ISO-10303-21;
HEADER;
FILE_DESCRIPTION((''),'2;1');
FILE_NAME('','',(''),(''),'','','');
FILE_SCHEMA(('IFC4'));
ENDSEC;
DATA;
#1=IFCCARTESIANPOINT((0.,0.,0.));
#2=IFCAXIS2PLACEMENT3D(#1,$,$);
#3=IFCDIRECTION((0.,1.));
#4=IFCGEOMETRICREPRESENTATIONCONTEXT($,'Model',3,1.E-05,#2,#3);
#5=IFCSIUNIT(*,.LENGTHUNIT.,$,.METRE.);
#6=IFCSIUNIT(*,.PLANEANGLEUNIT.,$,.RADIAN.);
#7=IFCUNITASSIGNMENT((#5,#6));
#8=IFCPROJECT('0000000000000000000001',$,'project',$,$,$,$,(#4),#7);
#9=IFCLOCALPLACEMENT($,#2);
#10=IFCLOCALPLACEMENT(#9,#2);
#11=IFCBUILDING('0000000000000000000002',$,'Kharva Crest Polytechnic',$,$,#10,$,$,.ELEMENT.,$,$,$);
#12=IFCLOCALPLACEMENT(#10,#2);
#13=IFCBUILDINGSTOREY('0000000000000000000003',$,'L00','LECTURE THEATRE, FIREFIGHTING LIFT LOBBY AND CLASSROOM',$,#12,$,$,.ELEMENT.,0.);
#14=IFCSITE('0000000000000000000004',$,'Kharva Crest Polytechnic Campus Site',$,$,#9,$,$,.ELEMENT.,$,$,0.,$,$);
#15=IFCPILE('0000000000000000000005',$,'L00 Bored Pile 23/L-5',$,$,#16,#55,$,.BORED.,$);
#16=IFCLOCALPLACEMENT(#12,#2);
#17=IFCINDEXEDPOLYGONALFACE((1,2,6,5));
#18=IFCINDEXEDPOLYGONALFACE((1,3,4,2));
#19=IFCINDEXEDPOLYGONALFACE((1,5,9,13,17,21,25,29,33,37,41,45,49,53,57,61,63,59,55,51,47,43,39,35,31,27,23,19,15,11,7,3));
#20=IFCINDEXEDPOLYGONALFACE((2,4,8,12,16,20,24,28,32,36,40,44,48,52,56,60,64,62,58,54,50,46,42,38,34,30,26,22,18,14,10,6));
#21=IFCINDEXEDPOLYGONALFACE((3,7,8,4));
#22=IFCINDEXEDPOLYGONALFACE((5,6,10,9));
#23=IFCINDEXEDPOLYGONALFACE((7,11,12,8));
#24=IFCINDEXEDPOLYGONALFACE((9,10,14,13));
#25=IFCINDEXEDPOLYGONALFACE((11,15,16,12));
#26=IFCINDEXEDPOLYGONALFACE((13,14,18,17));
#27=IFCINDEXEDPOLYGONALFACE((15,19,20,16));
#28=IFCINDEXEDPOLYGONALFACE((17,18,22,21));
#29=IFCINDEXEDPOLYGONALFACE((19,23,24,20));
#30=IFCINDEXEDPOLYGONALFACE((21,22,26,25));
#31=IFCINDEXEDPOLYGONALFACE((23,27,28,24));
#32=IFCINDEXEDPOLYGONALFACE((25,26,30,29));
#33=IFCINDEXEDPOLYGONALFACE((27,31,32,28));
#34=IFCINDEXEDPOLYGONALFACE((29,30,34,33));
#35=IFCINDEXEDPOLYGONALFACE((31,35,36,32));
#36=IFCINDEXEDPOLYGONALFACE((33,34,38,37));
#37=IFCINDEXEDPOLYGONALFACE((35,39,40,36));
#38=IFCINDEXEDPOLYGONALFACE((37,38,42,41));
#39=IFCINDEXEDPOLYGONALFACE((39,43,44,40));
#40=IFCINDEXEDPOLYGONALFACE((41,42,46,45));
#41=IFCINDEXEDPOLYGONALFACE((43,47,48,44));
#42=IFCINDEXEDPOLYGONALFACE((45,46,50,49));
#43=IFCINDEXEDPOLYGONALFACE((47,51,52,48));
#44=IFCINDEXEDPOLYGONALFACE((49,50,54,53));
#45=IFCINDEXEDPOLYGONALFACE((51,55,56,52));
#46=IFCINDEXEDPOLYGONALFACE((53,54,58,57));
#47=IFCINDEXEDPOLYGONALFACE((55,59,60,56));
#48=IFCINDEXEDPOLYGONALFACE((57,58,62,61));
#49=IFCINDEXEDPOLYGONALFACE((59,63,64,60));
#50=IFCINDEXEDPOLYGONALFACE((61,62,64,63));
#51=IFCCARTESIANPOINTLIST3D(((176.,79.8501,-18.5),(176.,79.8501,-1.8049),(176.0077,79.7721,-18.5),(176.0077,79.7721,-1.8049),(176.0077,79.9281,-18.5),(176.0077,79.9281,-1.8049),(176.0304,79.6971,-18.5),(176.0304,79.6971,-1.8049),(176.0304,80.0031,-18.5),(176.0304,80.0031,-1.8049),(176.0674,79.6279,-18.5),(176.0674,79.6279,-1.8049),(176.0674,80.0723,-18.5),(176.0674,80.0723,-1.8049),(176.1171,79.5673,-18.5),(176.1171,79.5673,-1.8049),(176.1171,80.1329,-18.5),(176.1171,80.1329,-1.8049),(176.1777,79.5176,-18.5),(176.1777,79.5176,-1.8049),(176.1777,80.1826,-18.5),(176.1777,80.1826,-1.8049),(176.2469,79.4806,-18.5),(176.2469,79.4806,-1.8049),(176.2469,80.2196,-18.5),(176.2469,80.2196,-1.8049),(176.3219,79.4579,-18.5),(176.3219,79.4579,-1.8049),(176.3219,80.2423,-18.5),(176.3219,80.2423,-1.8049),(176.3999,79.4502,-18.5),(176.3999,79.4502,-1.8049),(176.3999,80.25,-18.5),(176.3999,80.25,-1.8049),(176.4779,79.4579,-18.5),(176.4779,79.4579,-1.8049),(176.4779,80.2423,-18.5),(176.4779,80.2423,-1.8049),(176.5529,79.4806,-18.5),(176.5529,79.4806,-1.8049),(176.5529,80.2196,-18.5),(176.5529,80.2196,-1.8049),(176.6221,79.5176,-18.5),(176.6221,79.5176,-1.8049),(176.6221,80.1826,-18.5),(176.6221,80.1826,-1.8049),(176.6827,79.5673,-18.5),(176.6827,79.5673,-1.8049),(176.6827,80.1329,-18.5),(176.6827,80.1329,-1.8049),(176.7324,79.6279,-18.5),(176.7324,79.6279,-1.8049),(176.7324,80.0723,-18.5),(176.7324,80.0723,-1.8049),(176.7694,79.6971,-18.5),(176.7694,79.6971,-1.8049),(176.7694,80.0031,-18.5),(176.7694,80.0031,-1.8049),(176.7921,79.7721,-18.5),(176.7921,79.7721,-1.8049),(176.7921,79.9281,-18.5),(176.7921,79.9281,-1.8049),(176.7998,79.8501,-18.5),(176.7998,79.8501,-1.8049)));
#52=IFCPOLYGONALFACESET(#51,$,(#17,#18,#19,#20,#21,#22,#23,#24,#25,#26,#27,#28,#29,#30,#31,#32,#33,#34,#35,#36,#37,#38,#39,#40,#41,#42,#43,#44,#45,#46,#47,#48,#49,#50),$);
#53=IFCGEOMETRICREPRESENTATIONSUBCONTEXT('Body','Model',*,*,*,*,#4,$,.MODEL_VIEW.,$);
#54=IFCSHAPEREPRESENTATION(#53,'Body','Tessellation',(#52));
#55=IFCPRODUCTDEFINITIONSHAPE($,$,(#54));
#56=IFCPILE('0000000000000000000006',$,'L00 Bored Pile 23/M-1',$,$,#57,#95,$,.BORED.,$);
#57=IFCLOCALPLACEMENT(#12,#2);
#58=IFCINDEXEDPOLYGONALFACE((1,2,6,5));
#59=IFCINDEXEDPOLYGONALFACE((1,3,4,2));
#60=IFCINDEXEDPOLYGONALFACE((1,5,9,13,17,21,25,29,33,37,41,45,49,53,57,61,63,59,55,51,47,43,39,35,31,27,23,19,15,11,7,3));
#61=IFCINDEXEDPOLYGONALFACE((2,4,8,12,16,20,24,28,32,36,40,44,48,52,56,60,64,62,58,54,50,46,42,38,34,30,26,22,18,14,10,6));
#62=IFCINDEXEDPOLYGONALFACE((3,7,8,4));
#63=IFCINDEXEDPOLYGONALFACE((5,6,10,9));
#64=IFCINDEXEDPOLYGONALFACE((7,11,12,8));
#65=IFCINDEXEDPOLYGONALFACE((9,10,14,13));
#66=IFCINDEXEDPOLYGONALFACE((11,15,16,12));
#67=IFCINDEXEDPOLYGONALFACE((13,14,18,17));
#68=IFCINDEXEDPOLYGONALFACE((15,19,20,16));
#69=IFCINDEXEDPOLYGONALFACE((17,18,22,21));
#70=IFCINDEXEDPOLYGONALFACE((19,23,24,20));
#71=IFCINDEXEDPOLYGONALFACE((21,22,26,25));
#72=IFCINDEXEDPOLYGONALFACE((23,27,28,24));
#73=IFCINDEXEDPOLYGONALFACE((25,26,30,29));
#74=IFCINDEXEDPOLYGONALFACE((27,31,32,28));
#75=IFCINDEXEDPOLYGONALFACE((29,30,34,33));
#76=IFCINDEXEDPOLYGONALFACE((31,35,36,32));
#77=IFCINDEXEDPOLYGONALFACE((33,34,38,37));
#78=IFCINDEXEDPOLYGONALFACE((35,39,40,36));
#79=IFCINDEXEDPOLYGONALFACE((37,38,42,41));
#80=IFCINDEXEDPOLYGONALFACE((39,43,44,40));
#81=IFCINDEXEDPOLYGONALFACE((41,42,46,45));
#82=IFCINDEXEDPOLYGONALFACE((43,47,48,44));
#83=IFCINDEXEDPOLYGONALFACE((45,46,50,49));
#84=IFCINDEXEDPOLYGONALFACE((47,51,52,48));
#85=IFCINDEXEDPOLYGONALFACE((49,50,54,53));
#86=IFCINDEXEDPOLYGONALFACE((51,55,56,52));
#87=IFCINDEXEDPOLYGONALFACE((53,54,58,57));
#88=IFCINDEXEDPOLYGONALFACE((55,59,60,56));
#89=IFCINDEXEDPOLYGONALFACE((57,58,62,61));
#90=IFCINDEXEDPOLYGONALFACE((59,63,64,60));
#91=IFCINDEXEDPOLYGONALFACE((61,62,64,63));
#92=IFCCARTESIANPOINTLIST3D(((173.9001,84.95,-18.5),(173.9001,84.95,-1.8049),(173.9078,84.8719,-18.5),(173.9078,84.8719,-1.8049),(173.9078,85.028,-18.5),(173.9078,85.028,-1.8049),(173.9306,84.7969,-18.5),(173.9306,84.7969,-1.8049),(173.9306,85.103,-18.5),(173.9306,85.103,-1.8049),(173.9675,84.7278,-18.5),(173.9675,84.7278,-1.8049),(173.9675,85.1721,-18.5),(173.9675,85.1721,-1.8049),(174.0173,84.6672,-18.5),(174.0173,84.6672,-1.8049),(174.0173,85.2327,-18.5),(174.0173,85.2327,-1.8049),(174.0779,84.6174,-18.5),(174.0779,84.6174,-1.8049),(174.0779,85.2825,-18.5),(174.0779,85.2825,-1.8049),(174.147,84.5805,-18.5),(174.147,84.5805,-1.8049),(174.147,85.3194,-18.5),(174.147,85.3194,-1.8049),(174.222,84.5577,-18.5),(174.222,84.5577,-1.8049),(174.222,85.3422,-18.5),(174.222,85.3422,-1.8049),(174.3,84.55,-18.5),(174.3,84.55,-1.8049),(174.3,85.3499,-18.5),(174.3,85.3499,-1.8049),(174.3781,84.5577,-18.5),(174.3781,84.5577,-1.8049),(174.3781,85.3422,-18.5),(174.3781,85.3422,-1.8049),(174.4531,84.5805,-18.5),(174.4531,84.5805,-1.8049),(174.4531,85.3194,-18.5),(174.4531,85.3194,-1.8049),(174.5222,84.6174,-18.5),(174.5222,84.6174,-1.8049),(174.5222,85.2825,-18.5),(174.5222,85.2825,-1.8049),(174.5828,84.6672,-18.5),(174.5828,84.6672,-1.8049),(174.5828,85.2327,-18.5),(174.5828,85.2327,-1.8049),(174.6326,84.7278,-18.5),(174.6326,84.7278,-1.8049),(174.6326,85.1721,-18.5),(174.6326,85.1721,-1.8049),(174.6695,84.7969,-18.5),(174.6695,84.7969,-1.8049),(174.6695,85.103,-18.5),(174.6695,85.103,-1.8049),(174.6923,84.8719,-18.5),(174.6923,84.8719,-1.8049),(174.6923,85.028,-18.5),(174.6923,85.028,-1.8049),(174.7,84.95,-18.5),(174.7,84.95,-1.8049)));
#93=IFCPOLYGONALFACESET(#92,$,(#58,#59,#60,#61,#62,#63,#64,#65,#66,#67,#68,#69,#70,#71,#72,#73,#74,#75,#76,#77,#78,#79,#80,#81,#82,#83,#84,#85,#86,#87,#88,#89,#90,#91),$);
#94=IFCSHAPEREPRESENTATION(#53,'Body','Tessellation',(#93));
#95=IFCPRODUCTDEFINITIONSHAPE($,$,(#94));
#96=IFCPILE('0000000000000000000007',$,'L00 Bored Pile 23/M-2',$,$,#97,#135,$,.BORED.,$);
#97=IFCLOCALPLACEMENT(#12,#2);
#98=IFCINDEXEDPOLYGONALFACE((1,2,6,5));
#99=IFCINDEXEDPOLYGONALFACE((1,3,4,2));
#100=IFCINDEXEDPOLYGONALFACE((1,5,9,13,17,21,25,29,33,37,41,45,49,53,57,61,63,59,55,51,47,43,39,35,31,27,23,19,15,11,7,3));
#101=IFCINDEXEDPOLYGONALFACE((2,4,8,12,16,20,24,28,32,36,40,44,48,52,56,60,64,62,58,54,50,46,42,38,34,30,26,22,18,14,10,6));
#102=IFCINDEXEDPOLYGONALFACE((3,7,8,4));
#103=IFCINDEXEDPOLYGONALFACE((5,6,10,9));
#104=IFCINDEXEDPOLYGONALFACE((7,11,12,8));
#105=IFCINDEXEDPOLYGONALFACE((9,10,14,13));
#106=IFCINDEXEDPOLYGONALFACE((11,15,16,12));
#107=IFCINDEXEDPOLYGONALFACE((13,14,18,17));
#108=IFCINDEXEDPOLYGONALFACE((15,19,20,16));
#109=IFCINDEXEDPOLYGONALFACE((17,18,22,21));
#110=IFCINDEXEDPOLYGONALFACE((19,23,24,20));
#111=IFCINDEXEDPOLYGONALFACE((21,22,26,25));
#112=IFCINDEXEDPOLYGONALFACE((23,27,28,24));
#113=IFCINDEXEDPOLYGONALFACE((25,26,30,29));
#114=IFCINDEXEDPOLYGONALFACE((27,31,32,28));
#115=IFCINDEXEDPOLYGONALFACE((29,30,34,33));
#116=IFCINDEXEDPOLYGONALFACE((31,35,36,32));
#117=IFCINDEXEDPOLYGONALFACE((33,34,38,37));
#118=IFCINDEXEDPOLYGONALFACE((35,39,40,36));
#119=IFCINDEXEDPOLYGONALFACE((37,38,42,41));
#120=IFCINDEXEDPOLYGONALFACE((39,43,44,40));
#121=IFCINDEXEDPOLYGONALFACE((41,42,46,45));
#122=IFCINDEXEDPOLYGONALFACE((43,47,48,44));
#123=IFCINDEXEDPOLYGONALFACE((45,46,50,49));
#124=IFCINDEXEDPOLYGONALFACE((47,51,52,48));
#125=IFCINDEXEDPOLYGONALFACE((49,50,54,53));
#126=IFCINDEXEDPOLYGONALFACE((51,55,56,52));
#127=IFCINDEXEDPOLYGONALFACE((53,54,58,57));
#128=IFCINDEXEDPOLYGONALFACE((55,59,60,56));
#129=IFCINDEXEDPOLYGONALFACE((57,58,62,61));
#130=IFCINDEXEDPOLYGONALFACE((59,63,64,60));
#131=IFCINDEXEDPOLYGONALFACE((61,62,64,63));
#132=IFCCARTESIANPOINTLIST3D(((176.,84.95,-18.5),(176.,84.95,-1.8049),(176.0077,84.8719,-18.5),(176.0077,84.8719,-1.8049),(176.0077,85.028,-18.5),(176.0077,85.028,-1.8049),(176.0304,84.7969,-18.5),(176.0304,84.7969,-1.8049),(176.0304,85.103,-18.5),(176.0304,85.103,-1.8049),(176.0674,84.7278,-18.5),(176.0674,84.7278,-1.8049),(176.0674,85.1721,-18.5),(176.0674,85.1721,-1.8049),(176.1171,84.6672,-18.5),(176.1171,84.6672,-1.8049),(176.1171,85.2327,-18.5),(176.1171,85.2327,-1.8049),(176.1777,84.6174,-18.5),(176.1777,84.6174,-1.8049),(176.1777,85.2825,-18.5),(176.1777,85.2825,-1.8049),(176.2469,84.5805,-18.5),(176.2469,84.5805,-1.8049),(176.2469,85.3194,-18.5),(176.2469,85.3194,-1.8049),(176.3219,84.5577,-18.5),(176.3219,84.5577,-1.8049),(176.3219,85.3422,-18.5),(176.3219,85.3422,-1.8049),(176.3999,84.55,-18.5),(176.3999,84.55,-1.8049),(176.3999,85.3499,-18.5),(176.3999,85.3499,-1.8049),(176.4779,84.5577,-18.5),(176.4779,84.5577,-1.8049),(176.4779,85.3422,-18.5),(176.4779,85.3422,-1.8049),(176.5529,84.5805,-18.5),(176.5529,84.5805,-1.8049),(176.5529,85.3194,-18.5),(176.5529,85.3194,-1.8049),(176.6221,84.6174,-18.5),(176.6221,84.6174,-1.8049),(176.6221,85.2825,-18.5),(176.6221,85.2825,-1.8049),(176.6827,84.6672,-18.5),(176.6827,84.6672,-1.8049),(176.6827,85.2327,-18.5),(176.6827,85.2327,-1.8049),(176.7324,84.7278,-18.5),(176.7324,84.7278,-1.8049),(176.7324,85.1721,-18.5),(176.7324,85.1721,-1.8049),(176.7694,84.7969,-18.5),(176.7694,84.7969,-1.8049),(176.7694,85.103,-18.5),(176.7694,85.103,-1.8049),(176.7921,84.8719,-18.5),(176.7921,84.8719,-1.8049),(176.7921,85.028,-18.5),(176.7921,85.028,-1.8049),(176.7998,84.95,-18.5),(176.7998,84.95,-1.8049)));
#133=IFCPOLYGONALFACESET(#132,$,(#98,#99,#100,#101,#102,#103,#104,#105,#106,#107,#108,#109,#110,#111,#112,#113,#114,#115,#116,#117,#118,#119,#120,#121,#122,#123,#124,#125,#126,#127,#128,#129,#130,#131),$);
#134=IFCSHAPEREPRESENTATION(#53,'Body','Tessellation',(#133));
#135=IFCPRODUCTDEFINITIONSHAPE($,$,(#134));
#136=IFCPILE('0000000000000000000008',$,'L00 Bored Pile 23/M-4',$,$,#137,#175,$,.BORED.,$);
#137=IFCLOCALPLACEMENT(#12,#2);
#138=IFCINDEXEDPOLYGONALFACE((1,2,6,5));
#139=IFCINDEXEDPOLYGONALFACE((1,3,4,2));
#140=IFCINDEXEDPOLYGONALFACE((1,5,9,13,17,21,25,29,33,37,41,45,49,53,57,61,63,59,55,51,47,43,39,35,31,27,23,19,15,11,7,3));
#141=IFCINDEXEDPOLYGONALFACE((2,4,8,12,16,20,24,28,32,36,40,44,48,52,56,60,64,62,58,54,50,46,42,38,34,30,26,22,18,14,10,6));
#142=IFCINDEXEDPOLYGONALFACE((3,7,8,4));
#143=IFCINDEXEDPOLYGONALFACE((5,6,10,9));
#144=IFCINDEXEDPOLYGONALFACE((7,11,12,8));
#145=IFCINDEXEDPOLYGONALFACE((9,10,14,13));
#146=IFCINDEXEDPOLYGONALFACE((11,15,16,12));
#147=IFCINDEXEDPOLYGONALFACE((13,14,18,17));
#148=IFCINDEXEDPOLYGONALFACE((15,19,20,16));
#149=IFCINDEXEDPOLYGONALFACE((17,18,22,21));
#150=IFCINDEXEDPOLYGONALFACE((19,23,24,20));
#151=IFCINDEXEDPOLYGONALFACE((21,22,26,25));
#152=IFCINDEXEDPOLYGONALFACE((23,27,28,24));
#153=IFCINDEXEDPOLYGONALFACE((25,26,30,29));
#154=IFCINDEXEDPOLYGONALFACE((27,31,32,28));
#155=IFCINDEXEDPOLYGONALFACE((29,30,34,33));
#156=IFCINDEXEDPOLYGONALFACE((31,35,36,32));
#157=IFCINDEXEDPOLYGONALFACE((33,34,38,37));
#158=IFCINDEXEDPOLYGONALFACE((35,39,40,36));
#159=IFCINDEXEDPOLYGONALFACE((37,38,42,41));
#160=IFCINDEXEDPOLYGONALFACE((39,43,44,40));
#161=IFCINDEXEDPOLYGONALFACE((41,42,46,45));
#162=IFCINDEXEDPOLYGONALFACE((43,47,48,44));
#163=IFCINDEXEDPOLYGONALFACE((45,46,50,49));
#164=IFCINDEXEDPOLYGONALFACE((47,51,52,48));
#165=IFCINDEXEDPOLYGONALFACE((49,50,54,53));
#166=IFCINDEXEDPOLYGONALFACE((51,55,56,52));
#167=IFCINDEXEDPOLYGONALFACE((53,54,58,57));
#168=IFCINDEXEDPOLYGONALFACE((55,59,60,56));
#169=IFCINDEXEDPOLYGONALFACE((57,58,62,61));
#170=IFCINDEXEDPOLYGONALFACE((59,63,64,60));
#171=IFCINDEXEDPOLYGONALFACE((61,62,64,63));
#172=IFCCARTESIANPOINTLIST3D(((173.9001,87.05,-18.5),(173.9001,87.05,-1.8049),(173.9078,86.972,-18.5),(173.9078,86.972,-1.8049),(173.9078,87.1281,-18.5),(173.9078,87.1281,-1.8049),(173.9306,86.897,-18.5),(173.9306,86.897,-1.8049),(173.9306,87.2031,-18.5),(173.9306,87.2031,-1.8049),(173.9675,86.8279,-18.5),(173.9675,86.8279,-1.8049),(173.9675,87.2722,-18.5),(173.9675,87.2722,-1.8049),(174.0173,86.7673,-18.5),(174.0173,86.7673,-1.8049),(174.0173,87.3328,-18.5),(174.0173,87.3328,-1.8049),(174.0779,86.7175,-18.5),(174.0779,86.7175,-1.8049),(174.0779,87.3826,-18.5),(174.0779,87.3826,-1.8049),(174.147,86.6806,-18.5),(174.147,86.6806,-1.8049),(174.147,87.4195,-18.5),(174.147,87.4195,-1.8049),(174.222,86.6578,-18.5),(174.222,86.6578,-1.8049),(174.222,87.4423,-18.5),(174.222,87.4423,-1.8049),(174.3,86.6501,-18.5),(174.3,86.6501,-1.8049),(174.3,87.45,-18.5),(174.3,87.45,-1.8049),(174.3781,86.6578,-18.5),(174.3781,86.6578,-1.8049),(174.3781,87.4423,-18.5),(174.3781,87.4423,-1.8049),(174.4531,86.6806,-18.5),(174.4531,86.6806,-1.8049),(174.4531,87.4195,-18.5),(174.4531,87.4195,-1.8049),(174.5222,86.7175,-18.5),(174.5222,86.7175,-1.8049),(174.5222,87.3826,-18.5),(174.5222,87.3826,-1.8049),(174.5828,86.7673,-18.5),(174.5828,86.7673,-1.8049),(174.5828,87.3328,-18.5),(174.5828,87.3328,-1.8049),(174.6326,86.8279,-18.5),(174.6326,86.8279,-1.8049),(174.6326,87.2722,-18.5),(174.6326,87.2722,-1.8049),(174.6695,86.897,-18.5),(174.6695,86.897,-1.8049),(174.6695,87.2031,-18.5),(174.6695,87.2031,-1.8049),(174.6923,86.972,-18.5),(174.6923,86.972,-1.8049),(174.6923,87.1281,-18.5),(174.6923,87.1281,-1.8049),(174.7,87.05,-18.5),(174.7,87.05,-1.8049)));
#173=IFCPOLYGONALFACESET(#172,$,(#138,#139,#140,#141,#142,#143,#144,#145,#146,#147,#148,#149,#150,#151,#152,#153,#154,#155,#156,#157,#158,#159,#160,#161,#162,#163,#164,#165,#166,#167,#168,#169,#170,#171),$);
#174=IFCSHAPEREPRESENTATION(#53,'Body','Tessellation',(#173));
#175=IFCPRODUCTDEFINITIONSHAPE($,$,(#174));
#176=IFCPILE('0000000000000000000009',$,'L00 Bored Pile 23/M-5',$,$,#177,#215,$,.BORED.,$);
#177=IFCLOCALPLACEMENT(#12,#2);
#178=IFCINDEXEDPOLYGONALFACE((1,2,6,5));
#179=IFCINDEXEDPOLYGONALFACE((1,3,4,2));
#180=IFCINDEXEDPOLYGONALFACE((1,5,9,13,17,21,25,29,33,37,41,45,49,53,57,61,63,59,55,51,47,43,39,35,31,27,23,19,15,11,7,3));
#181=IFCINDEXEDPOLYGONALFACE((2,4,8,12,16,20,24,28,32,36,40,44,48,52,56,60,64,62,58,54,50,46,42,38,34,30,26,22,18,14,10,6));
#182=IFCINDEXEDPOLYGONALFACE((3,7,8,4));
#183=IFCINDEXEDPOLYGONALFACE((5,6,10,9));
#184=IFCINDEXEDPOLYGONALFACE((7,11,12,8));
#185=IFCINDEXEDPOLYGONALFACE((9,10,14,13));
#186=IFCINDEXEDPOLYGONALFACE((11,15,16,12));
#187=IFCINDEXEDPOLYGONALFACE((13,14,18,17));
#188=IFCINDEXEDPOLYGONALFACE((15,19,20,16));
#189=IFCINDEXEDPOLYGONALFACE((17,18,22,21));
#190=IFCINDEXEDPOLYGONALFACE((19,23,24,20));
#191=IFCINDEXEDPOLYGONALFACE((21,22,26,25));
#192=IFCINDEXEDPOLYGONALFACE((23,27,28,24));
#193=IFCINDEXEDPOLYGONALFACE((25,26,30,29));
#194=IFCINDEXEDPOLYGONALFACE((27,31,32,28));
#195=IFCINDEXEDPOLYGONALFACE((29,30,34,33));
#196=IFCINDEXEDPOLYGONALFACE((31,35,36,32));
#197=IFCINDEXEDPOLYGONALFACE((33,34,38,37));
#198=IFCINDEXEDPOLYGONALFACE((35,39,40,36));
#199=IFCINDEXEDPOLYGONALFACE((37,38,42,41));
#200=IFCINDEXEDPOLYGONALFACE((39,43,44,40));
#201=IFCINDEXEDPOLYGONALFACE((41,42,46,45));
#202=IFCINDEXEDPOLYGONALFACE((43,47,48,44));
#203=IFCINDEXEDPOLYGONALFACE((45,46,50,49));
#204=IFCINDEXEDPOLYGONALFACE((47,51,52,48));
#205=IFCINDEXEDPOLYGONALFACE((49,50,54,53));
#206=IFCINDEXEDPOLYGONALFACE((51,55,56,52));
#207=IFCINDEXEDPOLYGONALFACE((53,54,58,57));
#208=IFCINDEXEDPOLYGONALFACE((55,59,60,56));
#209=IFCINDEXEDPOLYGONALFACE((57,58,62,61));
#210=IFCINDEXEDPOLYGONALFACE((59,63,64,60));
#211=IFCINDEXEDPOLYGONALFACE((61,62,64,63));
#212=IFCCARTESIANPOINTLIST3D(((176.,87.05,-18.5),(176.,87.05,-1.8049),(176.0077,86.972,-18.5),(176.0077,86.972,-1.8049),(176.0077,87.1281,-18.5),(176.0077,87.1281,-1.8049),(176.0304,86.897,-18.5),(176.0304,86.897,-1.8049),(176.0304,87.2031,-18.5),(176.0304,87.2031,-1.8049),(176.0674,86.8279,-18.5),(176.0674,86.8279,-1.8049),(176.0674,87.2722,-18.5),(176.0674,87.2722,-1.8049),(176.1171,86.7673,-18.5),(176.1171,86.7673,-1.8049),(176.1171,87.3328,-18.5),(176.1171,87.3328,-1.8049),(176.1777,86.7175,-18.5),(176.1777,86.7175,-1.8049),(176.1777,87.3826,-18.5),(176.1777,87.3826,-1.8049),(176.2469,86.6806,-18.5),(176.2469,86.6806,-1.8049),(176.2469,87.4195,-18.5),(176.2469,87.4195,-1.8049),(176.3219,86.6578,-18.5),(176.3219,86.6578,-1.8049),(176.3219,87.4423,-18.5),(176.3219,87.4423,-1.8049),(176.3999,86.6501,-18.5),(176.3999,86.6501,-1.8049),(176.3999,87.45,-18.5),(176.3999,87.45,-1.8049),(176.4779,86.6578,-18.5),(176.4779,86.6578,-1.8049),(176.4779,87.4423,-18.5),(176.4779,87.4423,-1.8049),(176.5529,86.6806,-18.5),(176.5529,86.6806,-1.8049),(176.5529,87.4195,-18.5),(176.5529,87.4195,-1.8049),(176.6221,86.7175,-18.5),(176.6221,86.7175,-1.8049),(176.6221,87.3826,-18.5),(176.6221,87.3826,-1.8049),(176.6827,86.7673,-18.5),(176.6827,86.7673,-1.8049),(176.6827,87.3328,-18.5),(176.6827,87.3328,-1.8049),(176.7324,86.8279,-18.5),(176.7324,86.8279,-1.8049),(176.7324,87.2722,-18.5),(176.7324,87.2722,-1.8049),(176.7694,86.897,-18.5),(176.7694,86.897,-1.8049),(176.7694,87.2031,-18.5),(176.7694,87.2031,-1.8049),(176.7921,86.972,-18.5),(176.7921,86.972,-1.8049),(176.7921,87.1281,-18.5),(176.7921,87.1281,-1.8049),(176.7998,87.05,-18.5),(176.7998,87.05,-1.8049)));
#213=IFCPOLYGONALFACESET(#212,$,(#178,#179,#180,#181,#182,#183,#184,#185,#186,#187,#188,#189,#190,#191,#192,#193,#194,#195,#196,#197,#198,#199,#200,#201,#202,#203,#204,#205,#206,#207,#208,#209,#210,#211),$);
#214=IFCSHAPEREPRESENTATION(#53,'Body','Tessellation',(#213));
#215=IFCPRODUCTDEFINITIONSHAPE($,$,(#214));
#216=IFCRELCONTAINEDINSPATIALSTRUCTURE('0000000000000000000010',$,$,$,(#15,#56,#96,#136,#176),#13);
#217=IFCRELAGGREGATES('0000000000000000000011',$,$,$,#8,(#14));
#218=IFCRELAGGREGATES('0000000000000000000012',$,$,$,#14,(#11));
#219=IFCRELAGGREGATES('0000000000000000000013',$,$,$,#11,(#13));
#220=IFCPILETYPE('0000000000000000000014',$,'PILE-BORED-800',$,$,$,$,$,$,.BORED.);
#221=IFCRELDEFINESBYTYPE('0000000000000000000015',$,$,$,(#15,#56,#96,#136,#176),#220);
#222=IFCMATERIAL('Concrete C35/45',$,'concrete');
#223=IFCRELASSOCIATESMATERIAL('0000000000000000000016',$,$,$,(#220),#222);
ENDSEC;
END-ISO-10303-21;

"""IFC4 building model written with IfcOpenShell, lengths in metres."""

from ifc_helpers import new_model, si_unit, direction, frame, origin, origin_2d, place, context, subcontext, project, spatial, circle, extrude, material, material_profile, profile_set, type_object, element, save


model = new_model("IFC4")

# Units and contexts
model_context = context("Model", 3, precision=1e-05, world=origin(), true_north=direction((0.0, 1.0)))
body_context = subcontext(model_context, "Body", "Model", "MODEL_VIEW")
ifc_project = project(units=[si_unit("LENGTHUNIT", "METRE"), si_unit("PLANEANGLEUNIT", "RADIAN")], contexts=[model_context])

# Site, building, storey
site_placement = place(None, origin())
site = spatial("IfcSite", under=ifc_project, at=site_placement, Name="Kharva Crest Polytechnic Campus Site", CompositionType="ELEMENT", RefElevation=0.0)
building_placement = place(site_placement, origin())
building = spatial("IfcBuilding", under=site, at=building_placement, Name="Kharva Crest Polytechnic", CompositionType="ELEMENT")
storey_placement = place(building_placement, origin())
storey = spatial("IfcBuildingStorey", under=building, at=storey_placement, Name="L00", Description="LECTURE THEATRE, FIREFIGHTING LIFT LOBBY AND CLASSROOM", CompositionType="ELEMENT", Elevation=0.0)

# Shared definitions
ifc_material_1 = material(Name="Concrete C35/45", Category="concrete")

# Piles
ifc_material_profile_1 = material_profile(ifc_material_1, circle(Radius=0.3999, at=origin_2d()), Name="DIA 800")
ifc_profile_set_1 = profile_set([ifc_material_profile_1], Name="Concrete C35/45")
pile_type = type_object("IfcPileType", Name="PILE-BORED-800", PredefinedType="BORED", material=ifc_profile_set_1)
for number, where, z_axis, x_axis, name in (
    (1, (176.3999, 79.8501, -1.8049), (0.0, 0.0, -1.0), (1.0, 0.0, 0.0), "L00 Bored Pile 23/L-5"),
    (2, (174.3, 84.95, -1.8049), (0.0, 0.0, -1.0), (1.0, 0.0, 0.0), "L00 Bored Pile 23/M-1"),
    (3, (176.3999, 84.95, -1.8049), (0.0, 0.0, -1.0), (1.0, 0.0, 0.0), "L00 Bored Pile 23/M-2"),
    (4, (174.3, 87.05, -1.8049), (0.0, 0.0, -1.0), (1.0, 0.0, 0.0), "L00 Bored Pile 23/M-4"),
    (5, (176.3999, 87.05, -1.8049), (0.0, 0.0, -1.0), (1.0, 0.0, 0.0), "L00 Bored Pile 23/M-5"),
):
    element("IfcPile", number, at=place(storey_placement, frame(where, z_axis=z_axis, x_axis=x_axis)), inside=storey, type_object=pile_type, Name=name, PredefinedType="BORED", context=body_context, shape_type="SweptSolid", body=[
        extrude(circle(Radius=0.3999, at=origin_2d()), origin(), (0.0, 0.0, 1.0), 16.6951),
    ])

save(model, "model.ifc")
